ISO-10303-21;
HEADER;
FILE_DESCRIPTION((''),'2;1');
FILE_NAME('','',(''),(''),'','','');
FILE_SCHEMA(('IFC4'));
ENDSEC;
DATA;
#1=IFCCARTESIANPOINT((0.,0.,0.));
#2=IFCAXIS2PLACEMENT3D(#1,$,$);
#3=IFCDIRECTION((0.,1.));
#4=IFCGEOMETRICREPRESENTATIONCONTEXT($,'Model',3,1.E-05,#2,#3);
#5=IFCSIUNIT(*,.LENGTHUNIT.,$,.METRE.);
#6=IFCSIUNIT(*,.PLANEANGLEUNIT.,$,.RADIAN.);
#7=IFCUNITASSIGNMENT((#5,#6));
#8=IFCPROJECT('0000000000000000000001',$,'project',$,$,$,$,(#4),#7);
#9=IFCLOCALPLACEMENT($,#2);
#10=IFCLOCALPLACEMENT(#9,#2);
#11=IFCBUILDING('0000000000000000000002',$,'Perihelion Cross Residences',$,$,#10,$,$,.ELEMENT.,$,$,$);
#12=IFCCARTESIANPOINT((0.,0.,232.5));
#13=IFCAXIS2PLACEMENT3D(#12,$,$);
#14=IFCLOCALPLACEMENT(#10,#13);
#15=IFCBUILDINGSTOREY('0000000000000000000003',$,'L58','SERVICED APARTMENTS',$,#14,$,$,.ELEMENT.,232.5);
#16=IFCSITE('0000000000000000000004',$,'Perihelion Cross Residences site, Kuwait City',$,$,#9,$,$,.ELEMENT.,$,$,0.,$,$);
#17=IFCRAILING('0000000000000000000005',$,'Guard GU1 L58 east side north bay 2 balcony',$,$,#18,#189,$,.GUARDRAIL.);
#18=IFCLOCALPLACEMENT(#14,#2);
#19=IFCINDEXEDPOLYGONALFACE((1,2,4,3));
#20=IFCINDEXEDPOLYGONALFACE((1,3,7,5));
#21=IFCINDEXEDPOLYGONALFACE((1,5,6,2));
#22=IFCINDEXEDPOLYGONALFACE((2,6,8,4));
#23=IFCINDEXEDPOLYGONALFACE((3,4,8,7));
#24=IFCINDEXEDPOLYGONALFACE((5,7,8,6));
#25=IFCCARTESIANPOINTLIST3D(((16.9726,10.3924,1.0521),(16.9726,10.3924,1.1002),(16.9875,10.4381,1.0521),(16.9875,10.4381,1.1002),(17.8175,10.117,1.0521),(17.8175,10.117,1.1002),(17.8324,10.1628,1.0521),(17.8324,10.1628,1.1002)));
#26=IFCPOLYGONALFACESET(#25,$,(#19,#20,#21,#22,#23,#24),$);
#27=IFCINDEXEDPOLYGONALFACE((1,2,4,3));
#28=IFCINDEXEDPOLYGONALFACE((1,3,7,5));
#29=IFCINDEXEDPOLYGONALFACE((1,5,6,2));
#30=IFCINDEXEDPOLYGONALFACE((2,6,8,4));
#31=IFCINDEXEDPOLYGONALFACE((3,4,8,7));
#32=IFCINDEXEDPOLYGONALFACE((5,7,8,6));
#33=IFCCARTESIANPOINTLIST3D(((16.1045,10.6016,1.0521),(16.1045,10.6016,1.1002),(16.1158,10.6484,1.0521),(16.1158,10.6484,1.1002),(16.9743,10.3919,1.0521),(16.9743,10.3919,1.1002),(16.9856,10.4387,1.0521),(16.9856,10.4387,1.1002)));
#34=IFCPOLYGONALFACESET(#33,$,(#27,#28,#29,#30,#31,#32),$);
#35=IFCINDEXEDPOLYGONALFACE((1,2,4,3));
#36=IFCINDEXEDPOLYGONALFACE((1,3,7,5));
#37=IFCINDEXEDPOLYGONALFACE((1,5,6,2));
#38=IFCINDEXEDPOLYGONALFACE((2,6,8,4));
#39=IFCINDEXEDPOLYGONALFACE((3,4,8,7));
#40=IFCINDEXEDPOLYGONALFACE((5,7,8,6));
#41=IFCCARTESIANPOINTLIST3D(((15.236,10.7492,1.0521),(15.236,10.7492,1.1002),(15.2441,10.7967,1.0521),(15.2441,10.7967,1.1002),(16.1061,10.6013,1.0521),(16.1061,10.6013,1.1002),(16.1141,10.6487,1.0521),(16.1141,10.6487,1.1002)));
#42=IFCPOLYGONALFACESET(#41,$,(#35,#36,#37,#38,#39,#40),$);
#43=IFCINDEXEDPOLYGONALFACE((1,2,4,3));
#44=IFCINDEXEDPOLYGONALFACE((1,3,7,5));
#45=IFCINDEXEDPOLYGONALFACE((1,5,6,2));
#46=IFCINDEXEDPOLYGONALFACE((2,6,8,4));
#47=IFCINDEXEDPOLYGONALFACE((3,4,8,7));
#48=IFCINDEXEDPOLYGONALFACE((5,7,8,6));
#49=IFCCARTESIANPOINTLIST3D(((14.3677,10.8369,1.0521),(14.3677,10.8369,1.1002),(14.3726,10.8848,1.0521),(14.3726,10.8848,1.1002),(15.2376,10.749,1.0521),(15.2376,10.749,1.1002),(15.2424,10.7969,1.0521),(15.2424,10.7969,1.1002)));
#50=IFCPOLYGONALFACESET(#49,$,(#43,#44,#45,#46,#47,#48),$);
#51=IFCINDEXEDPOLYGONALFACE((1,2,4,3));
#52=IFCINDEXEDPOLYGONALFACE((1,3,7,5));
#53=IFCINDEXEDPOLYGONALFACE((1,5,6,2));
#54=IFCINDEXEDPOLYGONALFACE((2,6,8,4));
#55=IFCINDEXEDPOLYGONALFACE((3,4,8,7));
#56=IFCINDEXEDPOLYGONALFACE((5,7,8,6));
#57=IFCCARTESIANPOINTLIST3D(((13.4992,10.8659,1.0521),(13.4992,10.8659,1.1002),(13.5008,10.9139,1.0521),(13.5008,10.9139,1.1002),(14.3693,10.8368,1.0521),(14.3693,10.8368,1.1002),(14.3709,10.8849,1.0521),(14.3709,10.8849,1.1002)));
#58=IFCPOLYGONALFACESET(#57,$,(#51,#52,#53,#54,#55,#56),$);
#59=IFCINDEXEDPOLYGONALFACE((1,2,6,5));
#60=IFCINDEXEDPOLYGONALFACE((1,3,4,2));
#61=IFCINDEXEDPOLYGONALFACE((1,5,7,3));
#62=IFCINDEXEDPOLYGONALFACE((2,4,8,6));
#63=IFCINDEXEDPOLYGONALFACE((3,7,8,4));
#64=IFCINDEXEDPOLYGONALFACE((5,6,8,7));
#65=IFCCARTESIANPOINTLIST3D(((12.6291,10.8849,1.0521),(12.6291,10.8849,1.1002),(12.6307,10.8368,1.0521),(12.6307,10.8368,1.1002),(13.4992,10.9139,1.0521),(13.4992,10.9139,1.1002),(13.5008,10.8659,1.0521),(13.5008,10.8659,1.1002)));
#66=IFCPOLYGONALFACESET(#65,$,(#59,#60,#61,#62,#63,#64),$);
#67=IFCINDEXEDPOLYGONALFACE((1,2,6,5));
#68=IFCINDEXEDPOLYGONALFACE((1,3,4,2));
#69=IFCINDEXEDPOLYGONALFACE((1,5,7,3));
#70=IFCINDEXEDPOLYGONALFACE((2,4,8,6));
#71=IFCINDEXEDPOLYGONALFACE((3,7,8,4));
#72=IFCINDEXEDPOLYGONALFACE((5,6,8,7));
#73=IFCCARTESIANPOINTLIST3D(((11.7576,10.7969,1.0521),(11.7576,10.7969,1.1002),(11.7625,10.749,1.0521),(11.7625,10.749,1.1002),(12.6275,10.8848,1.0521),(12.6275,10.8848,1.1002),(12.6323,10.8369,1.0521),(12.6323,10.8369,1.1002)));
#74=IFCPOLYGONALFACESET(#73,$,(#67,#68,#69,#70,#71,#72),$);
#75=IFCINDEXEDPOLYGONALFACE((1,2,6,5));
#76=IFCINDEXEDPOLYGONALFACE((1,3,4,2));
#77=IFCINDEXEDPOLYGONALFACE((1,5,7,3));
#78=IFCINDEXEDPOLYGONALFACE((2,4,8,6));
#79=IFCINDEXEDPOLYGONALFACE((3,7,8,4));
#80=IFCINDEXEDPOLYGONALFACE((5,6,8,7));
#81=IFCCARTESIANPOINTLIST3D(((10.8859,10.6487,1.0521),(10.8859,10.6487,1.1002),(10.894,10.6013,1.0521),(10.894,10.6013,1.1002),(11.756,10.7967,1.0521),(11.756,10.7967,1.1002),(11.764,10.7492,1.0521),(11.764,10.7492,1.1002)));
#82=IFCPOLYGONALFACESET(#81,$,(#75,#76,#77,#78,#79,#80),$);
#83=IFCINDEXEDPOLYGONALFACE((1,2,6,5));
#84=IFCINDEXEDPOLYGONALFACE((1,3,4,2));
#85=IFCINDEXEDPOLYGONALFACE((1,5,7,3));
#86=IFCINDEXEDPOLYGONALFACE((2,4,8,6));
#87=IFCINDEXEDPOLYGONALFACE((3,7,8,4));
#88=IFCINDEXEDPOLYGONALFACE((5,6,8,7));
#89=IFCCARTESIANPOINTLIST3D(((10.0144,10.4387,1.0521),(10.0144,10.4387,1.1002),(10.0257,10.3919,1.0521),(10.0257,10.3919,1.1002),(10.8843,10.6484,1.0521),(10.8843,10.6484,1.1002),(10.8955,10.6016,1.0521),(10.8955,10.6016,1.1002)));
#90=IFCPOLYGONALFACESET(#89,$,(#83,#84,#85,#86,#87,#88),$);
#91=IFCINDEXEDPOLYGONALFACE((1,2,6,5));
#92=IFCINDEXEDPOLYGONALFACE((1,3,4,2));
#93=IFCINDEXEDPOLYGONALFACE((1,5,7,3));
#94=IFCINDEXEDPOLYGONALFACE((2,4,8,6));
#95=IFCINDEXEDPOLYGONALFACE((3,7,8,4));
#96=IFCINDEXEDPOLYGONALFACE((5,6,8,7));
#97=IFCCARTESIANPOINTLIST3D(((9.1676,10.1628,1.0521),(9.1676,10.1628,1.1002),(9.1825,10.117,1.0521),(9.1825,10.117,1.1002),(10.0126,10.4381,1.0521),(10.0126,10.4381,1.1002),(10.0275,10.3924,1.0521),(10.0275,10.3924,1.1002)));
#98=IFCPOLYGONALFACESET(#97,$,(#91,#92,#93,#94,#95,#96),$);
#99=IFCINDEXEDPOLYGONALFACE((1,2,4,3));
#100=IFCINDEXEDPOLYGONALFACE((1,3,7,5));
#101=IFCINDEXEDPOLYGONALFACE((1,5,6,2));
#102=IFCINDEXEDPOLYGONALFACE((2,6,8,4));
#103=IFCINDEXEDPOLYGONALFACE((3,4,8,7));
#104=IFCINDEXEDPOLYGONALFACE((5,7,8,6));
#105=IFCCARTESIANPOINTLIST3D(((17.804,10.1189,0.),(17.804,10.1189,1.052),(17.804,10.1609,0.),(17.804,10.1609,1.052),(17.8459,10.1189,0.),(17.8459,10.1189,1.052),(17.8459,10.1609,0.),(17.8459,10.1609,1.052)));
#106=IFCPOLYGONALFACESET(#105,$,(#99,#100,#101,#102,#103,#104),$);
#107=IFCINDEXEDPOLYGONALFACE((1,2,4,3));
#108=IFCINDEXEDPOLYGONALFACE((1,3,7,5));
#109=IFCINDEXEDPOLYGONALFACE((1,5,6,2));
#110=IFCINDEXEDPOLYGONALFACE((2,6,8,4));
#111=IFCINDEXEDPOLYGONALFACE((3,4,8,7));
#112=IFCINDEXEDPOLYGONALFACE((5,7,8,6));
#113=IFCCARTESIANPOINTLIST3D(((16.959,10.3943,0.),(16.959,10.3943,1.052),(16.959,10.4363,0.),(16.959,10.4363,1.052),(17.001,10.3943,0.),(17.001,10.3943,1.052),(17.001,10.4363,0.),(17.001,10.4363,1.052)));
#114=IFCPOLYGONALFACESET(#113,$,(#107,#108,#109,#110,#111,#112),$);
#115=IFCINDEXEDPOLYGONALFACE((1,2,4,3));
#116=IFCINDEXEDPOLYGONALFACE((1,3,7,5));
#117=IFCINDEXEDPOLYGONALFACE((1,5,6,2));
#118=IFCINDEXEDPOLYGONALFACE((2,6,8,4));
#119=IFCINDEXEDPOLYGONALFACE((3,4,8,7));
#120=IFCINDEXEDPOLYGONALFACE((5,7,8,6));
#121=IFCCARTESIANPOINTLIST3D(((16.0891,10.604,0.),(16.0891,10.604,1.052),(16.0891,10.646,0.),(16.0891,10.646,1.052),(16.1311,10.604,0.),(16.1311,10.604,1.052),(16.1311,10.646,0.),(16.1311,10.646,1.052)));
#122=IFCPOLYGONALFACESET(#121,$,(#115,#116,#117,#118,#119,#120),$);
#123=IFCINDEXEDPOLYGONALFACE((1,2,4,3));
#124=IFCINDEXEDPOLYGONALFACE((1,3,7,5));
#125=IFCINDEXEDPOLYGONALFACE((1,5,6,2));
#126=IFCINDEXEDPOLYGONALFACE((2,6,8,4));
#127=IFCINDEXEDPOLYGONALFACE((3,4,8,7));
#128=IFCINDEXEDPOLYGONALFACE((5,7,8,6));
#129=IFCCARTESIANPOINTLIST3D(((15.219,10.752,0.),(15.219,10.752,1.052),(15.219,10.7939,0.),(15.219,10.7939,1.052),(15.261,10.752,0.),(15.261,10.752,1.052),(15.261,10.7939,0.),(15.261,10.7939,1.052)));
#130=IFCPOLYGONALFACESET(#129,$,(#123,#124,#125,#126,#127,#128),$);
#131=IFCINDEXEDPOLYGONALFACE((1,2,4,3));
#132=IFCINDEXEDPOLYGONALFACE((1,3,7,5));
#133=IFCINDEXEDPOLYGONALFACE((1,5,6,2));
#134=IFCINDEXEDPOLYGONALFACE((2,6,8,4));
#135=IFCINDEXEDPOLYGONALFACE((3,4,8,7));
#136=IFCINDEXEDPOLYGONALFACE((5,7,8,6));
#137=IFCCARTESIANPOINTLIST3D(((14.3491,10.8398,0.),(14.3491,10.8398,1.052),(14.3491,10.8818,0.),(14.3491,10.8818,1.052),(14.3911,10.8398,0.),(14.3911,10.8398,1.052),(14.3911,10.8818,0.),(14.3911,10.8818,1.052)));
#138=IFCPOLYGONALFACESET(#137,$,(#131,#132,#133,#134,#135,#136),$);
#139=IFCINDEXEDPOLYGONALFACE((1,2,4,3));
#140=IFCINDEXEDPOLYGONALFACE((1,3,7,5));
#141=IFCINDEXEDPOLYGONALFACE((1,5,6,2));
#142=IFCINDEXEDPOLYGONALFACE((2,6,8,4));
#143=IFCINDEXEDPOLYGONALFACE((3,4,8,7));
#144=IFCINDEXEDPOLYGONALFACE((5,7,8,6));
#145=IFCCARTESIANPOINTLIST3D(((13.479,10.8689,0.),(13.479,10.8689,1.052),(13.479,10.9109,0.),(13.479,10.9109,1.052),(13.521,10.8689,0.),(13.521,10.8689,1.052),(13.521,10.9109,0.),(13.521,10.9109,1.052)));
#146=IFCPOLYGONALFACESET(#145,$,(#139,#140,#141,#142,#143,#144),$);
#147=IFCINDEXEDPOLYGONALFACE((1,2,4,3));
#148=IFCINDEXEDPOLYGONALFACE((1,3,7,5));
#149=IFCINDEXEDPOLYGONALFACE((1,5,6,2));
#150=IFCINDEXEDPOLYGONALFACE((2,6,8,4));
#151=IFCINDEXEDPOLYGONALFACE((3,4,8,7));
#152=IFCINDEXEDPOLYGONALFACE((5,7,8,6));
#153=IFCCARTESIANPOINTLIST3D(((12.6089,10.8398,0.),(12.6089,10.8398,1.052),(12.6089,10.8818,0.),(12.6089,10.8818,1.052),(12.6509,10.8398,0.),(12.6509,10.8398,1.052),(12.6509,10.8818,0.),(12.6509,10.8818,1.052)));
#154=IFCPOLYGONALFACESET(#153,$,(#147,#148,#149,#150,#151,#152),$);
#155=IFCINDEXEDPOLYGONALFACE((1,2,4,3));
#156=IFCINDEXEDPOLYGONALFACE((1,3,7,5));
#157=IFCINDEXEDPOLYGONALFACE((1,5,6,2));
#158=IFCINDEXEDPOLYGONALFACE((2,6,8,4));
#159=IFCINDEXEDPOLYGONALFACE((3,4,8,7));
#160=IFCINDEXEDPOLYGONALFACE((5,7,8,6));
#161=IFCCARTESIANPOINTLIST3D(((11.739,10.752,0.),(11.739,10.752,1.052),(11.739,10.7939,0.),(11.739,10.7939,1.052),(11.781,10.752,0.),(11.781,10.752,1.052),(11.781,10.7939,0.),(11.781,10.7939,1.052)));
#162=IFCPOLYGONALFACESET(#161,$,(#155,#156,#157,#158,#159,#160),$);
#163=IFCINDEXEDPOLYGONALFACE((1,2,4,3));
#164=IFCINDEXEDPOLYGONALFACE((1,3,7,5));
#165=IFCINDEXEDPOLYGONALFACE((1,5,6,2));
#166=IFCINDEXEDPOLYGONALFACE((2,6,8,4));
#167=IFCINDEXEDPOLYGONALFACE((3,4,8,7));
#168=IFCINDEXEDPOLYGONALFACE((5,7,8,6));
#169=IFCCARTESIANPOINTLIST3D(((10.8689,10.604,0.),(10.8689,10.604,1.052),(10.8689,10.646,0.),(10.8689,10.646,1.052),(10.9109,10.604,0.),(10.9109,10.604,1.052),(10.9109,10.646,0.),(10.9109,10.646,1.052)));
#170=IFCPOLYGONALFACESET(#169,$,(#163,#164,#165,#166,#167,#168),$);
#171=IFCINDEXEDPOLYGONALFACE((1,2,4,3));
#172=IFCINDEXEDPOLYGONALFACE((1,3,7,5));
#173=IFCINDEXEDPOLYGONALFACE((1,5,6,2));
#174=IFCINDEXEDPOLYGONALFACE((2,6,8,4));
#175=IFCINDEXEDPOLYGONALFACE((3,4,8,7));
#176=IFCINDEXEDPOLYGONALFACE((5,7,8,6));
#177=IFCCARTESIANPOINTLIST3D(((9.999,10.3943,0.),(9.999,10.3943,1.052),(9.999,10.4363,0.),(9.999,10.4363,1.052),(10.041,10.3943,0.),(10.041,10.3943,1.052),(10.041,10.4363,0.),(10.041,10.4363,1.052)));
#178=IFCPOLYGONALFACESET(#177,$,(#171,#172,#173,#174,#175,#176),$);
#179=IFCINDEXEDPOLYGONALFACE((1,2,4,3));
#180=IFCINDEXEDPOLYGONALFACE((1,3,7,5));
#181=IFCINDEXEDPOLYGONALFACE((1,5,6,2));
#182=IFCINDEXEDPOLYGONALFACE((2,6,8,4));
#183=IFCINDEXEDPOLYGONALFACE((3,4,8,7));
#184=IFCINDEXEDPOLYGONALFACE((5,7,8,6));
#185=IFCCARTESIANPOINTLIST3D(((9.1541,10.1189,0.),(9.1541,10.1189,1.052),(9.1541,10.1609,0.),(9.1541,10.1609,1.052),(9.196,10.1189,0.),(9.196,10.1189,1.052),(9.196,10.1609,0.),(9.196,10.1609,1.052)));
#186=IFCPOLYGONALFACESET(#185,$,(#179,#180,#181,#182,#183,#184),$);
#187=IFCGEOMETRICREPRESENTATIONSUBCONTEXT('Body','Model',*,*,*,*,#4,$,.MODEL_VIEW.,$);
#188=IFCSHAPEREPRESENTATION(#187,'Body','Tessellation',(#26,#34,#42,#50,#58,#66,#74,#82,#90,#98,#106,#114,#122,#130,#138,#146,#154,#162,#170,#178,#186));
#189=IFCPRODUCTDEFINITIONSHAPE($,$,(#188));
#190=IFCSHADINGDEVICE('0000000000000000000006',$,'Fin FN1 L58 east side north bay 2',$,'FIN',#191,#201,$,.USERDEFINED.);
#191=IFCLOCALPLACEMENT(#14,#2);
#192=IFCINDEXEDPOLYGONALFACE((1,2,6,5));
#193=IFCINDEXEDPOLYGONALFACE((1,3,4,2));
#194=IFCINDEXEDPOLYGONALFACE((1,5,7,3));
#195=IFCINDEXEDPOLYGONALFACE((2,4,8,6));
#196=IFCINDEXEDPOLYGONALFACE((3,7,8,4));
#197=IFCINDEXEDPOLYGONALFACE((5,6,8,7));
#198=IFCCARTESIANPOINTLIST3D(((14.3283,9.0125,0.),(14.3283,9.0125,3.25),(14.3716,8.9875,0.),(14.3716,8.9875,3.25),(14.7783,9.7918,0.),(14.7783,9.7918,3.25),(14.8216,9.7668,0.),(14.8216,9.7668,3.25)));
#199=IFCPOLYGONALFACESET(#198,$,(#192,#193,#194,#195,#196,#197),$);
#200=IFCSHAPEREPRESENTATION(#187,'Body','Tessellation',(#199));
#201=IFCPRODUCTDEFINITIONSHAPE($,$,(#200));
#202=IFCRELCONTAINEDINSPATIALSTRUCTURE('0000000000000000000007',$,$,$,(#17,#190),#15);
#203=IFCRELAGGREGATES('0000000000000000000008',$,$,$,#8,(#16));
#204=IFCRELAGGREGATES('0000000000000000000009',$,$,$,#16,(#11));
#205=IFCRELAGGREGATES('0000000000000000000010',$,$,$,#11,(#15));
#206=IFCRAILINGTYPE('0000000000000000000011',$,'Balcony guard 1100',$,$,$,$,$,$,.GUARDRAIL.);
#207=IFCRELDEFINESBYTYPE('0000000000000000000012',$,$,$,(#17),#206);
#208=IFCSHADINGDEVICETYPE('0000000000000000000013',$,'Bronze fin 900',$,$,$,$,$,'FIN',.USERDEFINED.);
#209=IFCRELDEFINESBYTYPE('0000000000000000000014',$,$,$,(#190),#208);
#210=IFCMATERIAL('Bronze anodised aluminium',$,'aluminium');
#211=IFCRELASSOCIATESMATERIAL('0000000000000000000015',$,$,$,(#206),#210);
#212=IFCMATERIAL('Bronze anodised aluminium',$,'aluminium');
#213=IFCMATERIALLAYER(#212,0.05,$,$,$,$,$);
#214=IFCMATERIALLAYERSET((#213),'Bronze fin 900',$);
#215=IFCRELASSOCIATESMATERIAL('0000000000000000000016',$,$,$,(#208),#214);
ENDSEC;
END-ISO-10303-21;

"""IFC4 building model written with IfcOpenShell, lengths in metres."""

from ifc_helpers import new_model, si_unit, direction, frame, origin, origin_2d, place, context, subcontext, project, spatial, rectangle, extrude, material, layer, layer_set, type_object, element, save


model = new_model("IFC4")

# Units and contexts
model_context = context("Model", 3, precision=1e-05, world=origin(), true_north=direction((0.0, 1.0)))
body_context = subcontext(model_context, "Body", "Model", "MODEL_VIEW")
ifc_project = project(units=[si_unit("LENGTHUNIT", "METRE"), si_unit("PLANEANGLEUNIT", "RADIAN")], contexts=[model_context])

# Site, building, storey
site_placement = place(None, origin())
site = spatial("IfcSite", under=ifc_project, at=site_placement, Name="Perihelion Cross Residences site, Kuwait City", CompositionType="ELEMENT", RefElevation=0.0)
building_placement = place(site_placement, origin())
building = spatial("IfcBuilding", under=site, at=building_placement, Name="Perihelion Cross Residences", CompositionType="ELEMENT")
storey_placement = place(building_placement, frame((0.0, 0.0, 232.5)))
storey = spatial("IfcBuildingStorey", under=building, at=storey_placement, Name="L58", Description="SERVICED APARTMENTS", CompositionType="ELEMENT", Elevation=232.5)

# Railing
ifc_material_1 = material(Name="Bronze anodised aluminium", Category="aluminium")
railing_type = type_object("IfcRailingType", Name="Balcony guard 1100", PredefinedType="GUARDRAIL", material=ifc_material_1)
railing_placement = place(storey_placement, frame((17.825, 10.1399, 0.0)))
element("IfcRailing", 1, at=railing_placement, inside=storey, type_object=railing_type, Name="Guard GU1 L58 east side north bay 2 balcony", PredefinedType="GUARDRAIL", context=body_context, shape_type="SweptSolid", body=[
    extrude(rectangle(XDim=0.0481, YDim=0.0481, at=origin_2d()), frame((0.0, 0.0, 1.0762), z_axis=(-0.950777, 0.309875, 0.0), x_axis=(-0.309875, -0.950777, 0.0)), (0.0, 0.0, 1.0), 0.8887),
    extrude(rectangle(XDim=0.0481, YDim=0.0481, at=origin_2d()), frame((-0.845, 0.2754, 1.0762), z_axis=(-0.972147, 0.234374, 0.0), x_axis=(-0.234374, -0.972147, 0.0)), (0.0, 0.0, 1.0), 0.8948),
    extrude(rectangle(XDim=0.0481, YDim=0.0481, at=origin_2d()), frame((-1.7148, 0.4851, 1.0762), z_axis=(-0.98585, 0.167628, 0.0), x_axis=(-0.167628, -0.98585, 0.0)), (0.0, 0.0, 1.0), 0.8826),
    extrude(rectangle(XDim=0.0481, YDim=0.0481, at=origin_2d()), frame((-2.585, 0.6331, 1.0762), z_axis=(-0.994934, 0.100527, 0.0), x_axis=(-0.100527, -0.994934, 0.0)), (0.0, 0.0, 1.0), 0.8743),
    extrude(rectangle(XDim=0.0481, YDim=0.0481, at=origin_2d()), frame((-3.4548, 0.7209, 1.0762), z_axis=(-0.999443, 0.033371, 0.0), x_axis=(-0.033371, -0.999443, 0.0)), (0.0, 0.0, 1.0), 0.8706),
    extrude(rectangle(XDim=0.0481, YDim=0.0481, at=origin_2d()), frame((-4.325, 0.75, 1.0762), z_axis=(-0.999443, -0.033371, 0.0), x_axis=(0.033371, -0.999443, 0.0)), (0.0, 0.0, 1.0), 0.8706),
    extrude(rectangle(XDim=0.0481, YDim=0.0481, at=origin_2d()), frame((-5.1951, 0.7209, 1.0762), z_axis=(-0.994934, -0.100527, 0.0), x_axis=(0.100527, -0.994934, 0.0)), (0.0, 0.0, 1.0), 0.8743),
    extrude(rectangle(XDim=0.0481, YDim=0.0481, at=origin_2d()), frame((-6.0649, 0.6331, 1.0762), z_axis=(-0.98585, -0.167628, 0.0), x_axis=(0.167628, -0.98585, 0.0)), (0.0, 0.0, 1.0), 0.8826),
    extrude(rectangle(XDim=0.0481, YDim=0.0481, at=origin_2d()), frame((-6.9351, 0.4851, 1.0762), z_axis=(-0.972147, -0.234374, 0.0), x_axis=(0.234374, -0.972147, 0.0)), (0.0, 0.0, 1.0), 0.8948),
    extrude(rectangle(XDim=0.0481, YDim=0.0481, at=origin_2d()), frame((-7.8049, 0.2754, 1.0762), z_axis=(-0.950777, -0.309875, 0.0), x_axis=(0.309875, -0.950777, 0.0)), (0.0, 0.0, 1.0), 0.8887),
    extrude(rectangle(XDim=0.042, YDim=0.042, at=origin_2d()), origin(), (0.0, 0.0, 1.0), 1.052),
    extrude(rectangle(XDim=0.042, YDim=0.042, at=origin_2d()), frame((-0.845, 0.2754, 0.0)), (0.0, 0.0, 1.0), 1.052),
    extrude(rectangle(XDim=0.042, YDim=0.042, at=origin_2d()), frame((-1.7148, 0.4851, 0.0)), (0.0, 0.0, 1.0), 1.052),
    extrude(rectangle(XDim=0.042, YDim=0.042, at=origin_2d()), frame((-2.585, 0.6331, 0.0)), (0.0, 0.0, 1.0), 1.052),
    extrude(rectangle(XDim=0.042, YDim=0.042, at=origin_2d()), frame((-3.4548, 0.7209, 0.0)), (0.0, 0.0, 1.0), 1.052),
    extrude(rectangle(XDim=0.042, YDim=0.042, at=origin_2d()), frame((-4.325, 0.75, 0.0)), (0.0, 0.0, 1.0), 1.052),
    extrude(rectangle(XDim=0.042, YDim=0.042, at=origin_2d()), frame((-5.1951, 0.7209, 0.0)), (0.0, 0.0, 1.0), 1.052),
    extrude(rectangle(XDim=0.042, YDim=0.042, at=origin_2d()), frame((-6.0649, 0.6331, 0.0)), (0.0, 0.0, 1.0), 1.052),
    extrude(rectangle(XDim=0.042, YDim=0.042, at=origin_2d()), frame((-6.9351, 0.4851, 0.0)), (0.0, 0.0, 1.0), 1.052),
    extrude(rectangle(XDim=0.042, YDim=0.042, at=origin_2d()), frame((-7.8049, 0.2754, 0.0)), (0.0, 0.0, 1.0), 1.052),
    extrude(rectangle(XDim=0.042, YDim=0.042, at=origin_2d()), frame((-8.6499, 0.0, 0.0)), (0.0, 0.0, 1.0), 1.052),
])

# Shading device
ifc_material_2 = material(Name="Bronze anodised aluminium", Category="aluminium")
ifc_layer_1 = layer(ifc_material_2, 0.05)
ifc_layer_set_1 = layer_set([ifc_layer_1], Name="Bronze fin 900")
shading_device_type = type_object("IfcShadingDeviceType", Name="Bronze fin 900", ElementType="FIN", PredefinedType="USERDEFINED", material=ifc_layer_set_1)
shading_device_placement = place(storey_placement, frame((14.575, 9.3896, 0.0), z_axis=(0.0, 0.0, 1.0), x_axis=(0.5, 0.866025, 0.0)))
element("IfcShadingDevice", 2, at=shading_device_placement, inside=storey, type_object=shading_device_type, Name="Fin FN1 L58 east side north bay 2", ObjectType="FIN", PredefinedType="USERDEFINED", context=body_context, shape_type="SweptSolid", body=[
    extrude(rectangle(XDim=0.8999, YDim=0.05, at=origin_2d()), origin(), (0.0, 0.0, 1.0), 3.25),
])

save(model, "model.ifc")
